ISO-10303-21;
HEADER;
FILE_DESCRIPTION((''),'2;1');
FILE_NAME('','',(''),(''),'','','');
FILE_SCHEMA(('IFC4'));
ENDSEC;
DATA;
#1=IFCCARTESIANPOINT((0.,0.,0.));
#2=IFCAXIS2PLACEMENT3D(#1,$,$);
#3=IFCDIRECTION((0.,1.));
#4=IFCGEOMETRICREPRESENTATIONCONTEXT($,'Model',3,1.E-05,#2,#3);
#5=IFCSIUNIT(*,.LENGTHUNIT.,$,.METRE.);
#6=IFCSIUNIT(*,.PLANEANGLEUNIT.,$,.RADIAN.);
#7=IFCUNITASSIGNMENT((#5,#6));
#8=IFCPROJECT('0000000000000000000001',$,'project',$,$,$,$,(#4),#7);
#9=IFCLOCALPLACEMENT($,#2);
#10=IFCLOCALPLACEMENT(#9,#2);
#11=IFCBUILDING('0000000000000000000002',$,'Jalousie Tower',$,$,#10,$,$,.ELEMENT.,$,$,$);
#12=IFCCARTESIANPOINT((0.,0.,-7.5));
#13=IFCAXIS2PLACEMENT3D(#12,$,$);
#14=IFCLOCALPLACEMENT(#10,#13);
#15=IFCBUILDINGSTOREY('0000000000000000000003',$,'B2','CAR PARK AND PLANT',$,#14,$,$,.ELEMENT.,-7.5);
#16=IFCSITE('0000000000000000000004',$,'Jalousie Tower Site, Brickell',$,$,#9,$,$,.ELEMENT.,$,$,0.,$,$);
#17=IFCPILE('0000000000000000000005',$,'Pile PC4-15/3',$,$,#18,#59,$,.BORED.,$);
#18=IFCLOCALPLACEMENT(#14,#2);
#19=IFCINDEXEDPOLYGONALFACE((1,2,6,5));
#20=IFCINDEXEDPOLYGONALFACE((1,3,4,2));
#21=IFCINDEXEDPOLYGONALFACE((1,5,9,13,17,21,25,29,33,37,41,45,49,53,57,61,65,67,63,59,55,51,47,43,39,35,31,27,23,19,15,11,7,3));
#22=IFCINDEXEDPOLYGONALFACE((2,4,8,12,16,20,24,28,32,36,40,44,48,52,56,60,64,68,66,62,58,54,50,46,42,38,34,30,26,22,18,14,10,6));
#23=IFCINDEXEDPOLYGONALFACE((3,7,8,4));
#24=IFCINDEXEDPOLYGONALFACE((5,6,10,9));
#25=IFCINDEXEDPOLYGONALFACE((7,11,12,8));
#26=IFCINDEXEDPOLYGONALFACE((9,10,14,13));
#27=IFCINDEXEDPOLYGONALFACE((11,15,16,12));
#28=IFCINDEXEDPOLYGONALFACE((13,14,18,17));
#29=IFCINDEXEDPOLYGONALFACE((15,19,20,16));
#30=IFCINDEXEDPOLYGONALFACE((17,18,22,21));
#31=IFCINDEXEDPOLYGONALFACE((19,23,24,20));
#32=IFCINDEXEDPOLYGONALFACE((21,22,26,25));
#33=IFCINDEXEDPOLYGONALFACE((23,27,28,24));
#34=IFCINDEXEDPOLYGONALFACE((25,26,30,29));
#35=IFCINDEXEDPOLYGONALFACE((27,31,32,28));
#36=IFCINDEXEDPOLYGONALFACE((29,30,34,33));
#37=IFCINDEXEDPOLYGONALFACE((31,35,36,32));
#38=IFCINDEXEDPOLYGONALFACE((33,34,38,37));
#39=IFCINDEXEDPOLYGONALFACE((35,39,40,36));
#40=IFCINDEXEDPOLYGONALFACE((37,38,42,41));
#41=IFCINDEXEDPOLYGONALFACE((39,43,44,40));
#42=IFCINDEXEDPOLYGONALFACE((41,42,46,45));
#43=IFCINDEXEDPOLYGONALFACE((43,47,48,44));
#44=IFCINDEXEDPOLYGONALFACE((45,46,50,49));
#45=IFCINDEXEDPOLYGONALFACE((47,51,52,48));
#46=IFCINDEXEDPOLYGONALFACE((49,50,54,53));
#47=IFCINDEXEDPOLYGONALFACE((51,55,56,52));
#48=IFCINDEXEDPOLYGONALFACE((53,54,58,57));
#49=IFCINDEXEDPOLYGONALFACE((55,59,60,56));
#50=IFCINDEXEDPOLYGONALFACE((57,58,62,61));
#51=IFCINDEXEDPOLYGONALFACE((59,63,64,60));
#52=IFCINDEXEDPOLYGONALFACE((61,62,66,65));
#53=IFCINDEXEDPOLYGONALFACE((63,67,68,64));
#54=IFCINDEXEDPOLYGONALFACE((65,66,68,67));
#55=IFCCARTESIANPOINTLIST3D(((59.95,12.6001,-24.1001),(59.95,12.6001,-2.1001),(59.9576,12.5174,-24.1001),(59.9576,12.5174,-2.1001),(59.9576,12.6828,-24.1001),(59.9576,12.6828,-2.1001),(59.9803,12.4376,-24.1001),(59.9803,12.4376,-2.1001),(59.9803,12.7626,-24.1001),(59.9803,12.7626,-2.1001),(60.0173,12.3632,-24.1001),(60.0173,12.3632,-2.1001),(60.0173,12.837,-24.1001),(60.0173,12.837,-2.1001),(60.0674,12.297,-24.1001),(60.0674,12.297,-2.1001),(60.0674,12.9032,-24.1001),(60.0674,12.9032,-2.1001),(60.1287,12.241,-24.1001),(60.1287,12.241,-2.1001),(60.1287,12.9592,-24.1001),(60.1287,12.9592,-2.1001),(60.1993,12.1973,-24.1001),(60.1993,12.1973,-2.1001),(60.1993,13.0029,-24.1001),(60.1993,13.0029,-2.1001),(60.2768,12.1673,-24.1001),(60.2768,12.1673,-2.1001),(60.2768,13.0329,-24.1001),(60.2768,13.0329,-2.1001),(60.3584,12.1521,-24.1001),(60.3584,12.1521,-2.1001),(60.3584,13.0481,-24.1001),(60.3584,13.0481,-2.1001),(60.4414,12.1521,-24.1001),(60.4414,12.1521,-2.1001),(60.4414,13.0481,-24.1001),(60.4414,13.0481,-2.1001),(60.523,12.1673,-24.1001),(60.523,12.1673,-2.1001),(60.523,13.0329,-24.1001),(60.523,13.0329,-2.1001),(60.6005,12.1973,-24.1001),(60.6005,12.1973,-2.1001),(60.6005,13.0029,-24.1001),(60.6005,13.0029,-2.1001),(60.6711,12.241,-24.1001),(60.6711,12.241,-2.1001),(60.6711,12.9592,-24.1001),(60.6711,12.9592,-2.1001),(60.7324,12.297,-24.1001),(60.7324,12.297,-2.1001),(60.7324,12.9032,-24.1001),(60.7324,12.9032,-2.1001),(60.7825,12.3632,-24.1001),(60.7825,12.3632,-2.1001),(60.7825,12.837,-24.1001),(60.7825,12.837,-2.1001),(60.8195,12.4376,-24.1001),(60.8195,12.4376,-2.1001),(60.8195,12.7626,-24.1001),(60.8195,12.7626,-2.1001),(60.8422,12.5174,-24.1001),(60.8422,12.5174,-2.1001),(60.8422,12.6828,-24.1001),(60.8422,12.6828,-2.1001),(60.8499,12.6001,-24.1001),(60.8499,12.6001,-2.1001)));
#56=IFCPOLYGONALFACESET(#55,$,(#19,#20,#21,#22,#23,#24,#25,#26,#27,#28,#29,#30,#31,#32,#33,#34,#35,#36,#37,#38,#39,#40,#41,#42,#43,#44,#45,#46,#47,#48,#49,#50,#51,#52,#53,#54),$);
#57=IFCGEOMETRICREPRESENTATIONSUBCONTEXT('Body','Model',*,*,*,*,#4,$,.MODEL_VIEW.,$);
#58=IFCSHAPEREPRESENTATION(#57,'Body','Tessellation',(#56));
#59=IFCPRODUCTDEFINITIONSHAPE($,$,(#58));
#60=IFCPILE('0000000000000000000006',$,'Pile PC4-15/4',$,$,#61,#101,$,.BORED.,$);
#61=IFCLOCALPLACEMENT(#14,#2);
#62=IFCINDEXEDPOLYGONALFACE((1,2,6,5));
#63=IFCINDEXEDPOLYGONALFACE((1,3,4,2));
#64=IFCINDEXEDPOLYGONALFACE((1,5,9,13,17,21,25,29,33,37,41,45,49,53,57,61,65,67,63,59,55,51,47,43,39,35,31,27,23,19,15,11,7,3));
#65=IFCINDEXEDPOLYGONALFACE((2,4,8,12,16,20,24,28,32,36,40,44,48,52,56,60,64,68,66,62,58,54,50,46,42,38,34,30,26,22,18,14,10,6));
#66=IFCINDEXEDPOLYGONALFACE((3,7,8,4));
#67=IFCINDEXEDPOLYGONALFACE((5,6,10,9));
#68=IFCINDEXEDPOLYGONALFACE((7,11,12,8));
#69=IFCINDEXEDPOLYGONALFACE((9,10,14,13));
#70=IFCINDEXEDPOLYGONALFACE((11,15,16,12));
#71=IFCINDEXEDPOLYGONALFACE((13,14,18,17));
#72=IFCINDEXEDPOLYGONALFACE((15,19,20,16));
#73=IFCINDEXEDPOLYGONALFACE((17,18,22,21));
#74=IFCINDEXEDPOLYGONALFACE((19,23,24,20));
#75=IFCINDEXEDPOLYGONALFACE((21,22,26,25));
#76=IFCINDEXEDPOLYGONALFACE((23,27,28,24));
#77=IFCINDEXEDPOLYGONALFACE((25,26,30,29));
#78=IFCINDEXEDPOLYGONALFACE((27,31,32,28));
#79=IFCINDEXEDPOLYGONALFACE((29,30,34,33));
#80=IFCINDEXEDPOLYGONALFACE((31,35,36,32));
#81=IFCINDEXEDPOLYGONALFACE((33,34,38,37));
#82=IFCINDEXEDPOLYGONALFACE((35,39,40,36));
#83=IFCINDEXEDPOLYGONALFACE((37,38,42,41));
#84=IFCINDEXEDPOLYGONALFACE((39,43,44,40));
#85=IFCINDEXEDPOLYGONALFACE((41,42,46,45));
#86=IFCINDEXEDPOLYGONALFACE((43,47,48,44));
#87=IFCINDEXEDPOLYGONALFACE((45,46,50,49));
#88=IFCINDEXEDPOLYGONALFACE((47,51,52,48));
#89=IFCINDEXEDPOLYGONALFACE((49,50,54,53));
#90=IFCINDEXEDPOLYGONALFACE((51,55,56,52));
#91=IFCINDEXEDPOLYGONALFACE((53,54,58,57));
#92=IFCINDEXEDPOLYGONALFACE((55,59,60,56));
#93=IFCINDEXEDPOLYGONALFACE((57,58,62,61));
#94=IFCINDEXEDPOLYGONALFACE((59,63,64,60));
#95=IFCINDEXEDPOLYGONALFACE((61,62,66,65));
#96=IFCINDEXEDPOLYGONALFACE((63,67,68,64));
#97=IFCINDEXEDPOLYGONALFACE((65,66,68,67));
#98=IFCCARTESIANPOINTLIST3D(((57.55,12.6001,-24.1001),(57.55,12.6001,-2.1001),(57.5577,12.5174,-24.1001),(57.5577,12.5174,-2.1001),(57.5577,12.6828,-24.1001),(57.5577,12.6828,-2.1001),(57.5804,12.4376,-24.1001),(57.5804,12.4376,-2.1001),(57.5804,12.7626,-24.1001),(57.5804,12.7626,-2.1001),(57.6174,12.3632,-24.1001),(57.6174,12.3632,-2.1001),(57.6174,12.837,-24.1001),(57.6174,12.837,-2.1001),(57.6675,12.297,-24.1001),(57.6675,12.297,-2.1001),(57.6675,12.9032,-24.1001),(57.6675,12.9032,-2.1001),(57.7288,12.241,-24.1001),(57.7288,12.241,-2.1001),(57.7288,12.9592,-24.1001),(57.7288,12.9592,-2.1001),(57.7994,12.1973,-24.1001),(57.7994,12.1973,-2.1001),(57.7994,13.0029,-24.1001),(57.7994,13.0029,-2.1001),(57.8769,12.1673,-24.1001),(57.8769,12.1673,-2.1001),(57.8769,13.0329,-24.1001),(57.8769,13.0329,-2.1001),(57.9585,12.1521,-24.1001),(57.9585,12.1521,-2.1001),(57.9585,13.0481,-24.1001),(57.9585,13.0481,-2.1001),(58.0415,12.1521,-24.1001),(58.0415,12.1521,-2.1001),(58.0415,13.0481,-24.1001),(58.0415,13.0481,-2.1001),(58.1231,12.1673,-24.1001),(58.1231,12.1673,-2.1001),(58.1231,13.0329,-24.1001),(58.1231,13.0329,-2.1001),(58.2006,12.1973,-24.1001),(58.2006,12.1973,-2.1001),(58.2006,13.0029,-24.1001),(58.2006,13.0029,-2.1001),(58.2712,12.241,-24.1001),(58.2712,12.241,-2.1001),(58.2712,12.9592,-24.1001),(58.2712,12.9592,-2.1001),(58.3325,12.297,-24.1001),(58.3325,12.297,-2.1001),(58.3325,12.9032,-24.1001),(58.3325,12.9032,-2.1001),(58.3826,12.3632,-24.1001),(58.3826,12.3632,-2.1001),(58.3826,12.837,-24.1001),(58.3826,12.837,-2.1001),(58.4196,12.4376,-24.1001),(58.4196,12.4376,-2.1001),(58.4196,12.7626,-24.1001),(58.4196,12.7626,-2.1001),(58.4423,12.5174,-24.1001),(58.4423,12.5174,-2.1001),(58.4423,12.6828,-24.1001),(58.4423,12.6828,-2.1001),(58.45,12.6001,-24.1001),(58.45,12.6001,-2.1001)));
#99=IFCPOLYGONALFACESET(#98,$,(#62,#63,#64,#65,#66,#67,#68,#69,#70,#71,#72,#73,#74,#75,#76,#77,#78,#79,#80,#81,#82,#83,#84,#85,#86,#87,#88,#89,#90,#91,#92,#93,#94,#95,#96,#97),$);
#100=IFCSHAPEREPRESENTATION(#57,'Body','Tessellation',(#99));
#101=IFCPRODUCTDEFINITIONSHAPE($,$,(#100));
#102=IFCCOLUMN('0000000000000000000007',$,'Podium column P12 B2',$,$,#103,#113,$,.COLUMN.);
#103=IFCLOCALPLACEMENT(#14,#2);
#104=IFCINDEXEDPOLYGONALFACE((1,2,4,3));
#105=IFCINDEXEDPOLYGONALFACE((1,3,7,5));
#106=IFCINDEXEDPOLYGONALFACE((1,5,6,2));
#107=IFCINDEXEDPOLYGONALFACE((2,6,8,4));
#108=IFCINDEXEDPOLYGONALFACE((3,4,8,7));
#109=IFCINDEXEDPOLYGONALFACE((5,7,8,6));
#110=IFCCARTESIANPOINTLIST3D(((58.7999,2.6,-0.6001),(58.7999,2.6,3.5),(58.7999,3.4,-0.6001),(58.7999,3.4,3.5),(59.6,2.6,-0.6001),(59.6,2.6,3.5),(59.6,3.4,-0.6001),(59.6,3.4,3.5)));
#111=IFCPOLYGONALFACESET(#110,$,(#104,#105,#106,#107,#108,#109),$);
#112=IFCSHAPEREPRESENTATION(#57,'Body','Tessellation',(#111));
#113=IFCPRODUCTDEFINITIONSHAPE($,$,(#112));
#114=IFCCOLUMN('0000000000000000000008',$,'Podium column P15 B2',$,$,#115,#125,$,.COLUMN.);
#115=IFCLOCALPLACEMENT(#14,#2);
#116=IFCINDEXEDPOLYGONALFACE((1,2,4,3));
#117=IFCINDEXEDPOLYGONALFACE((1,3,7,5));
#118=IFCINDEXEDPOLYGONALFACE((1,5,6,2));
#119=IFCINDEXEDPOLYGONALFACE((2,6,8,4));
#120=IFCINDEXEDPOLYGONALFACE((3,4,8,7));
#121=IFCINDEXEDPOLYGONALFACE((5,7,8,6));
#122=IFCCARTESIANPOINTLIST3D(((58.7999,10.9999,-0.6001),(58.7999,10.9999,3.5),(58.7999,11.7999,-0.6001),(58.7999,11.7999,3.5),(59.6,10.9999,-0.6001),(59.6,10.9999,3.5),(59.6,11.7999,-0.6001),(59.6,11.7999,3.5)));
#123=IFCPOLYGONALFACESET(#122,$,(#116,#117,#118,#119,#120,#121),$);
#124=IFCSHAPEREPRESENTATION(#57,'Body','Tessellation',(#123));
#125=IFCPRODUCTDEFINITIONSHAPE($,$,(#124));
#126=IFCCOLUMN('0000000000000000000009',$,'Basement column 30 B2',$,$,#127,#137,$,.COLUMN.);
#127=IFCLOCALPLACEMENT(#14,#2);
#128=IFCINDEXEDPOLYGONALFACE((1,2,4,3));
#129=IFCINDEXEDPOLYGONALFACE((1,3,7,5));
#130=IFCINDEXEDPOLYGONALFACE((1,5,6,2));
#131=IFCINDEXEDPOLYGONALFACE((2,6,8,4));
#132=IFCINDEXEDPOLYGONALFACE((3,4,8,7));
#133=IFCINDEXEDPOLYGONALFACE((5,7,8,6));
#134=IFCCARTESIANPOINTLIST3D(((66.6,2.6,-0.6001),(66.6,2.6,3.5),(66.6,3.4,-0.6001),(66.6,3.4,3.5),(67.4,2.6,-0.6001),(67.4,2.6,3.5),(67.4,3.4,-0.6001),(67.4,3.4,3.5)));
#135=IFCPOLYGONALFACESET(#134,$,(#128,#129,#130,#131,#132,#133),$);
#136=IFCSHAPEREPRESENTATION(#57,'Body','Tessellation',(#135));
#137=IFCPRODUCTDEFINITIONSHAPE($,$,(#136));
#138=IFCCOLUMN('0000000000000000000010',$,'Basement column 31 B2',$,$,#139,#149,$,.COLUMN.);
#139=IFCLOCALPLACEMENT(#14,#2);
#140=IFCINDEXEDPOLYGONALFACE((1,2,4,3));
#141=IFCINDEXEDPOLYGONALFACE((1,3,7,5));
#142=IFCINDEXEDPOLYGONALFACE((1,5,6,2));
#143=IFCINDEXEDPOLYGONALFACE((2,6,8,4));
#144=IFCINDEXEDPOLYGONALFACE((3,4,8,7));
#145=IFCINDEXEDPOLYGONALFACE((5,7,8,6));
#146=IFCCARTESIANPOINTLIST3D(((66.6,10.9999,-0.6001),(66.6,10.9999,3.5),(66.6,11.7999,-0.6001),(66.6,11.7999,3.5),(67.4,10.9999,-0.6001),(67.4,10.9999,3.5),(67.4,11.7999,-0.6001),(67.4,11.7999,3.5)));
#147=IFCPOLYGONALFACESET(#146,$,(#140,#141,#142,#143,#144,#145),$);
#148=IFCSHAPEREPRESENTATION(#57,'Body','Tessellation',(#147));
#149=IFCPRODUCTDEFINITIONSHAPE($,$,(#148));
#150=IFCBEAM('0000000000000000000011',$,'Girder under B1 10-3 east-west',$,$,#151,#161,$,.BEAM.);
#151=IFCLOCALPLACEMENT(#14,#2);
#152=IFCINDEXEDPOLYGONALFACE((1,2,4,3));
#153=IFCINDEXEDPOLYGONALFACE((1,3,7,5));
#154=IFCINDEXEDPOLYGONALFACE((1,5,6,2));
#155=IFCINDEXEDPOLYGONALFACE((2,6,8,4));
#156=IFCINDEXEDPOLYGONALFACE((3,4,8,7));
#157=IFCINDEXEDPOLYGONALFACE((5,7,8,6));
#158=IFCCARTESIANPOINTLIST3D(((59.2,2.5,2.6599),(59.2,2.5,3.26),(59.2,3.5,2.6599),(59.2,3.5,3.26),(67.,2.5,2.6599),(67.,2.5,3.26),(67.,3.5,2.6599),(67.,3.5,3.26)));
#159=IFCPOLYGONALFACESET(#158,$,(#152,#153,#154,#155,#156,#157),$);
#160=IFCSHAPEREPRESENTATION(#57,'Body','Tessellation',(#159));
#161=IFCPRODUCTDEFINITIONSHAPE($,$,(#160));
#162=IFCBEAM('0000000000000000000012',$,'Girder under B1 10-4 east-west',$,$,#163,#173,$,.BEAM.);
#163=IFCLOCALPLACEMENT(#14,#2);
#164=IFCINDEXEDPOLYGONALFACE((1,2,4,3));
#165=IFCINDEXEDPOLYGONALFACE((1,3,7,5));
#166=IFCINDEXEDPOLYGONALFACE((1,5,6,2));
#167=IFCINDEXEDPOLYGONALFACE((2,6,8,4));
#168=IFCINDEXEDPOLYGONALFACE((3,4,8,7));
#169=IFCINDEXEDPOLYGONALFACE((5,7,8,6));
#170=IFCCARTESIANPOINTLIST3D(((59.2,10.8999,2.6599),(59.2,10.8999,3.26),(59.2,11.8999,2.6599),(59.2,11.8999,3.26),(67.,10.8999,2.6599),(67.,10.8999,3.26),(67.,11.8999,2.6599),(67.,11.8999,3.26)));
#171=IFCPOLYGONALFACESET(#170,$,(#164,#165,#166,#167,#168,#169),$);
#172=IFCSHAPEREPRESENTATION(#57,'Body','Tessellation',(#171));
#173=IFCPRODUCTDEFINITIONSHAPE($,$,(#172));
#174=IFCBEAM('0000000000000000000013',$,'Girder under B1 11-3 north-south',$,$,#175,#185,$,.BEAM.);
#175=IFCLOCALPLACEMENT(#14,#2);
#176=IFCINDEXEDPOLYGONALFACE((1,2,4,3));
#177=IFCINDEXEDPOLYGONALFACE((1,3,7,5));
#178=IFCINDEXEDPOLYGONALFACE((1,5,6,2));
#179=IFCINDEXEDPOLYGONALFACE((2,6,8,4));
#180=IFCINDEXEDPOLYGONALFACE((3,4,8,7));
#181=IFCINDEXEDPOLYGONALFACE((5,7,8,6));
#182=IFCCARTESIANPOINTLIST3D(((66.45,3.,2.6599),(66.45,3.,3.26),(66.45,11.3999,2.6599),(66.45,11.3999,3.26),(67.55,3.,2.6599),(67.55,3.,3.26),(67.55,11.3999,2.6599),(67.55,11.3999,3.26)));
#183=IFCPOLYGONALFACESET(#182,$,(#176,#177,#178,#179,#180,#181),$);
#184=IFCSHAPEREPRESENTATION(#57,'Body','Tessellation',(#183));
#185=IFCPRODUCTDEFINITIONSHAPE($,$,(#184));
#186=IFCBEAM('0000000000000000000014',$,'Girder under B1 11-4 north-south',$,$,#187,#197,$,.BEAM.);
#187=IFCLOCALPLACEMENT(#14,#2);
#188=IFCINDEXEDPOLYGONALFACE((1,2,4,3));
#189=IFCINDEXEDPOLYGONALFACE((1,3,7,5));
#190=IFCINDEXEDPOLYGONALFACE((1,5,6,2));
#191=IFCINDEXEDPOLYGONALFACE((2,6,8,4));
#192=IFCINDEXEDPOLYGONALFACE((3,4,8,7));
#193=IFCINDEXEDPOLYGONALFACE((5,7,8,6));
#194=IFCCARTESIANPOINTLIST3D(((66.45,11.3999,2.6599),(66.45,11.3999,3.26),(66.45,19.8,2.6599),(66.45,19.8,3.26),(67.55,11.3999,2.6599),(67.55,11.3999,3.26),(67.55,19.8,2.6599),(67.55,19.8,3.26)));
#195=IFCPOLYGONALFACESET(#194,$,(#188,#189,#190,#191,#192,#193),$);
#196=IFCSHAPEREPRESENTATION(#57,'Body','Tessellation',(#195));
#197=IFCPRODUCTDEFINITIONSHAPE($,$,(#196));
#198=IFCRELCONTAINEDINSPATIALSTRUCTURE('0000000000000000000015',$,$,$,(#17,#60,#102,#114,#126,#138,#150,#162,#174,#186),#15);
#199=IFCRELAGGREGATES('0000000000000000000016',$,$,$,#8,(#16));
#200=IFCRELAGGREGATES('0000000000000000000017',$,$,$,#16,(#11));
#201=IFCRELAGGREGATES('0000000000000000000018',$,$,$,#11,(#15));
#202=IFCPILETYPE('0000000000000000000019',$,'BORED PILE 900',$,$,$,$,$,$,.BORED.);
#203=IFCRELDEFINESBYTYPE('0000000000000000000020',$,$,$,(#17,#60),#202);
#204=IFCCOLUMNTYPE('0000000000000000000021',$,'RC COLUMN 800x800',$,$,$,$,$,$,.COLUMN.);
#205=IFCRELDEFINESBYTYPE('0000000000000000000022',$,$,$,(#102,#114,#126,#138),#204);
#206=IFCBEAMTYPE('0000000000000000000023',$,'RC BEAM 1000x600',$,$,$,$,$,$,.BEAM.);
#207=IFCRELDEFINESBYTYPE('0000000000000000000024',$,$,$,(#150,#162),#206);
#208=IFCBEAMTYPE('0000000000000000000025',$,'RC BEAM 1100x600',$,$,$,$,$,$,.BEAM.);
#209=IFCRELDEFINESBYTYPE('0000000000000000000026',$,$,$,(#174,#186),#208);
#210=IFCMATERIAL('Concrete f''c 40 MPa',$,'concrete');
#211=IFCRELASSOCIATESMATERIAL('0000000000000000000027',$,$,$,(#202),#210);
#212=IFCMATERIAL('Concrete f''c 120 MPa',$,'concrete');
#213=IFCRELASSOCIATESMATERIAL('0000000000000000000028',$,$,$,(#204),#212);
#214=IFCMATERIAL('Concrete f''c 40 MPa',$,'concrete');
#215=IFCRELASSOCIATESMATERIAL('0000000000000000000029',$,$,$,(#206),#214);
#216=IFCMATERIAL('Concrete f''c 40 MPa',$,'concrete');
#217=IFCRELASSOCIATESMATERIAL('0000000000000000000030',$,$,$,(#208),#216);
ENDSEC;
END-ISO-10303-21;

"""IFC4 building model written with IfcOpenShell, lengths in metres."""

from ifc_helpers import new_model, si_unit, direction, frame, origin, origin_2d, place, context, subcontext, project, spatial, rectangle, circle, extrude, material, material_profile, profile_set, type_object, element, save


model = new_model("IFC4")

# Units and contexts
model_context = context("Model", 3, precision=1e-05, world=origin(), true_north=direction((0.0, 1.0)))
body_context = subcontext(model_context, "Body", "Model", "MODEL_VIEW")
ifc_project = project(units=[si_unit("LENGTHUNIT", "METRE"), si_unit("PLANEANGLEUNIT", "RADIAN")], contexts=[model_context])

# Site, building, storey
site_placement = place(None, origin())
site = spatial("IfcSite", under=ifc_project, at=site_placement, Name="Jalousie Tower Site, Brickell", CompositionType="ELEMENT", RefElevation=0.0)
building_placement = place(site_placement, origin())
building = spatial("IfcBuilding", under=site, at=building_placement, Name="Jalousie Tower", CompositionType="ELEMENT")
storey_placement = place(building_placement, frame((0.0, 0.0, -7.5)))
storey = spatial("IfcBuildingStorey", under=building, at=storey_placement, Name="B2", Description="CAR PARK AND PLANT", CompositionType="ELEMENT", Elevation=-7.5)

# Piles
ifc_material_1 = material(Name="Concrete f'c 40 MPa", Category="concrete")
ifc_material_profile_1 = material_profile(ifc_material_1, circle(Radius=0.45, at=origin_2d()), Name="BORED PILE D900")
ifc_profile_set_1 = profile_set([ifc_material_profile_1], Name="Concrete f'c 40 MPa")
pile_type = type_object("IfcPileType", Name="BORED PILE 900", PredefinedType="BORED", material=ifc_profile_set_1)
for number, where, z_axis, x_axis, name in (
    (1, (60.3999, 12.6001, -2.1001), (0.0, 0.0, -1.0), (1.0, 0.0, 0.0), "Pile PC4-15/3"),
    (2, (58.0, 12.6001, -2.1001), (0.0, 0.0, -1.0), (1.0, 0.0, 0.0), "Pile PC4-15/4"),
):
    element("IfcPile", number, at=place(storey_placement, frame(where, z_axis=z_axis, x_axis=x_axis)), inside=storey, type_object=pile_type, Name=name, PredefinedType="BORED", context=body_context, shape_type="SweptSolid", body=[
        extrude(circle(Radius=0.45, at=origin_2d()), origin(), (0.0, 0.0, 1.0), 22.0),
    ])

# Columns
ifc_material_2 = material(Name="Concrete f'c 120 MPa", Category="concrete")
ifc_material_profile_2 = material_profile(ifc_material_2, rectangle(XDim=0.8, YDim=0.8, at=origin_2d()), Name="RC 800x800")
ifc_profile_set_2 = profile_set([ifc_material_profile_2], Name="Concrete f'c 120 MPa")
column_type = type_object("IfcColumnType", Name="RC COLUMN 800x800", PredefinedType="COLUMN", material=ifc_profile_set_2)
for number, where, z_axis, x_axis, name in (
    (3, (59.2, 3.0, -0.6001), (0.0, 0.0, 1.0), (1.0, 0.0, 0.0), "Podium column P12 B2"),
    (4, (59.2, 11.3999, -0.6001), (0.0, 0.0, 1.0), (1.0, 0.0, 0.0), "Podium column P15 B2"),
    (5, (67.0, 3.0, -0.6001), (0.0, 0.0, 1.0), (1.0, 0.0, 0.0), "Basement column 30 B2"),
    (6, (67.0, 11.3999, -0.6001), (0.0, 0.0, 1.0), (1.0, 0.0, 0.0), "Basement column 31 B2"),
):
    element("IfcColumn", number, at=place(storey_placement, frame(where, z_axis=z_axis, x_axis=x_axis)), inside=storey, type_object=column_type, Name=name, PredefinedType="COLUMN", context=body_context, shape_type="SweptSolid", body=[
        extrude(rectangle(XDim=0.8, YDim=0.8, at=origin_2d()), origin(), (0.0, 0.0, 1.0), 4.1001),
    ])

# Beams
ifc_material_3 = material(Name="Concrete f'c 40 MPa", Category="concrete")
ifc_material_profile_3 = material_profile(ifc_material_3, rectangle(XDim=1.0, YDim=0.6001, at=origin_2d()), Name="RC 1000x600")
ifc_profile_set_3 = profile_set([ifc_material_profile_3], Name="Concrete f'c 40 MPa")
beam_type_1 = type_object("IfcBeamType", Name="RC BEAM 1000x600", PredefinedType="BEAM", material=ifc_profile_set_3)
for number, where, z_axis, x_axis, name in (
    (7, (59.2, 3.0, 2.96), (1.0, 0.0, 0.0), (0.0, 1.0, 0.0), "Girder under B1 10-3 east-west"),
    (8, (59.2, 11.3999, 2.96), (1.0, 0.0, 0.0), (0.0, 1.0, 0.0), "Girder under B1 10-4 east-west"),
):
    element("IfcBeam", number, at=place(storey_placement, frame(where, z_axis=z_axis, x_axis=x_axis)), inside=storey, type_object=beam_type_1, Name=name, PredefinedType="BEAM", context=body_context, shape_type="SweptSolid", body=[
        extrude(rectangle(XDim=1.0, YDim=0.6001, at=origin_2d()), origin(), (0.0, 0.0, 1.0), 7.8),
    ])
ifc_material_4 = material(Name="Concrete f'c 40 MPa", Category="concrete")
ifc_material_profile_4 = material_profile(ifc_material_4, rectangle(XDim=1.1001, YDim=0.6001, at=origin_2d()), Name="RC 1100x600")
ifc_profile_set_4 = profile_set([ifc_material_profile_4], Name="Concrete f'c 40 MPa")
beam_type_2 = type_object("IfcBeamType", Name="RC BEAM 1100x600", PredefinedType="BEAM", material=ifc_profile_set_4)
beam_1_placement = place(storey_placement, frame((67.0, 3.0, 2.96), z_axis=(0.0, 1.0, 0.0), x_axis=(-1.0, 0.0, 0.0)))
element("IfcBeam", 9, at=beam_1_placement, inside=storey, type_object=beam_type_2, Name="Girder under B1 11-3 north-south", PredefinedType="BEAM", context=body_context, shape_type="SweptSolid", body=[
    extrude(rectangle(XDim=1.1001, YDim=0.6001, at=origin_2d()), origin(), (0.0, 0.0, 1.0), 8.3999),
])
beam_2_placement = place(storey_placement, frame((67.0, 11.3999, 2.96), z_axis=(0.0, 1.0, 0.0), x_axis=(-1.0, 0.0, 0.0)))
element("IfcBeam", 10, at=beam_2_placement, inside=storey, type_object=beam_type_2, Name="Girder under B1 11-4 north-south", PredefinedType="BEAM", context=body_context, shape_type="SweptSolid", body=[
    extrude(rectangle(XDim=1.1001, YDim=0.6001, at=origin_2d()), origin(), (0.0, 0.0, 1.0), 8.4001),
])

save(model, "model.ifc")
